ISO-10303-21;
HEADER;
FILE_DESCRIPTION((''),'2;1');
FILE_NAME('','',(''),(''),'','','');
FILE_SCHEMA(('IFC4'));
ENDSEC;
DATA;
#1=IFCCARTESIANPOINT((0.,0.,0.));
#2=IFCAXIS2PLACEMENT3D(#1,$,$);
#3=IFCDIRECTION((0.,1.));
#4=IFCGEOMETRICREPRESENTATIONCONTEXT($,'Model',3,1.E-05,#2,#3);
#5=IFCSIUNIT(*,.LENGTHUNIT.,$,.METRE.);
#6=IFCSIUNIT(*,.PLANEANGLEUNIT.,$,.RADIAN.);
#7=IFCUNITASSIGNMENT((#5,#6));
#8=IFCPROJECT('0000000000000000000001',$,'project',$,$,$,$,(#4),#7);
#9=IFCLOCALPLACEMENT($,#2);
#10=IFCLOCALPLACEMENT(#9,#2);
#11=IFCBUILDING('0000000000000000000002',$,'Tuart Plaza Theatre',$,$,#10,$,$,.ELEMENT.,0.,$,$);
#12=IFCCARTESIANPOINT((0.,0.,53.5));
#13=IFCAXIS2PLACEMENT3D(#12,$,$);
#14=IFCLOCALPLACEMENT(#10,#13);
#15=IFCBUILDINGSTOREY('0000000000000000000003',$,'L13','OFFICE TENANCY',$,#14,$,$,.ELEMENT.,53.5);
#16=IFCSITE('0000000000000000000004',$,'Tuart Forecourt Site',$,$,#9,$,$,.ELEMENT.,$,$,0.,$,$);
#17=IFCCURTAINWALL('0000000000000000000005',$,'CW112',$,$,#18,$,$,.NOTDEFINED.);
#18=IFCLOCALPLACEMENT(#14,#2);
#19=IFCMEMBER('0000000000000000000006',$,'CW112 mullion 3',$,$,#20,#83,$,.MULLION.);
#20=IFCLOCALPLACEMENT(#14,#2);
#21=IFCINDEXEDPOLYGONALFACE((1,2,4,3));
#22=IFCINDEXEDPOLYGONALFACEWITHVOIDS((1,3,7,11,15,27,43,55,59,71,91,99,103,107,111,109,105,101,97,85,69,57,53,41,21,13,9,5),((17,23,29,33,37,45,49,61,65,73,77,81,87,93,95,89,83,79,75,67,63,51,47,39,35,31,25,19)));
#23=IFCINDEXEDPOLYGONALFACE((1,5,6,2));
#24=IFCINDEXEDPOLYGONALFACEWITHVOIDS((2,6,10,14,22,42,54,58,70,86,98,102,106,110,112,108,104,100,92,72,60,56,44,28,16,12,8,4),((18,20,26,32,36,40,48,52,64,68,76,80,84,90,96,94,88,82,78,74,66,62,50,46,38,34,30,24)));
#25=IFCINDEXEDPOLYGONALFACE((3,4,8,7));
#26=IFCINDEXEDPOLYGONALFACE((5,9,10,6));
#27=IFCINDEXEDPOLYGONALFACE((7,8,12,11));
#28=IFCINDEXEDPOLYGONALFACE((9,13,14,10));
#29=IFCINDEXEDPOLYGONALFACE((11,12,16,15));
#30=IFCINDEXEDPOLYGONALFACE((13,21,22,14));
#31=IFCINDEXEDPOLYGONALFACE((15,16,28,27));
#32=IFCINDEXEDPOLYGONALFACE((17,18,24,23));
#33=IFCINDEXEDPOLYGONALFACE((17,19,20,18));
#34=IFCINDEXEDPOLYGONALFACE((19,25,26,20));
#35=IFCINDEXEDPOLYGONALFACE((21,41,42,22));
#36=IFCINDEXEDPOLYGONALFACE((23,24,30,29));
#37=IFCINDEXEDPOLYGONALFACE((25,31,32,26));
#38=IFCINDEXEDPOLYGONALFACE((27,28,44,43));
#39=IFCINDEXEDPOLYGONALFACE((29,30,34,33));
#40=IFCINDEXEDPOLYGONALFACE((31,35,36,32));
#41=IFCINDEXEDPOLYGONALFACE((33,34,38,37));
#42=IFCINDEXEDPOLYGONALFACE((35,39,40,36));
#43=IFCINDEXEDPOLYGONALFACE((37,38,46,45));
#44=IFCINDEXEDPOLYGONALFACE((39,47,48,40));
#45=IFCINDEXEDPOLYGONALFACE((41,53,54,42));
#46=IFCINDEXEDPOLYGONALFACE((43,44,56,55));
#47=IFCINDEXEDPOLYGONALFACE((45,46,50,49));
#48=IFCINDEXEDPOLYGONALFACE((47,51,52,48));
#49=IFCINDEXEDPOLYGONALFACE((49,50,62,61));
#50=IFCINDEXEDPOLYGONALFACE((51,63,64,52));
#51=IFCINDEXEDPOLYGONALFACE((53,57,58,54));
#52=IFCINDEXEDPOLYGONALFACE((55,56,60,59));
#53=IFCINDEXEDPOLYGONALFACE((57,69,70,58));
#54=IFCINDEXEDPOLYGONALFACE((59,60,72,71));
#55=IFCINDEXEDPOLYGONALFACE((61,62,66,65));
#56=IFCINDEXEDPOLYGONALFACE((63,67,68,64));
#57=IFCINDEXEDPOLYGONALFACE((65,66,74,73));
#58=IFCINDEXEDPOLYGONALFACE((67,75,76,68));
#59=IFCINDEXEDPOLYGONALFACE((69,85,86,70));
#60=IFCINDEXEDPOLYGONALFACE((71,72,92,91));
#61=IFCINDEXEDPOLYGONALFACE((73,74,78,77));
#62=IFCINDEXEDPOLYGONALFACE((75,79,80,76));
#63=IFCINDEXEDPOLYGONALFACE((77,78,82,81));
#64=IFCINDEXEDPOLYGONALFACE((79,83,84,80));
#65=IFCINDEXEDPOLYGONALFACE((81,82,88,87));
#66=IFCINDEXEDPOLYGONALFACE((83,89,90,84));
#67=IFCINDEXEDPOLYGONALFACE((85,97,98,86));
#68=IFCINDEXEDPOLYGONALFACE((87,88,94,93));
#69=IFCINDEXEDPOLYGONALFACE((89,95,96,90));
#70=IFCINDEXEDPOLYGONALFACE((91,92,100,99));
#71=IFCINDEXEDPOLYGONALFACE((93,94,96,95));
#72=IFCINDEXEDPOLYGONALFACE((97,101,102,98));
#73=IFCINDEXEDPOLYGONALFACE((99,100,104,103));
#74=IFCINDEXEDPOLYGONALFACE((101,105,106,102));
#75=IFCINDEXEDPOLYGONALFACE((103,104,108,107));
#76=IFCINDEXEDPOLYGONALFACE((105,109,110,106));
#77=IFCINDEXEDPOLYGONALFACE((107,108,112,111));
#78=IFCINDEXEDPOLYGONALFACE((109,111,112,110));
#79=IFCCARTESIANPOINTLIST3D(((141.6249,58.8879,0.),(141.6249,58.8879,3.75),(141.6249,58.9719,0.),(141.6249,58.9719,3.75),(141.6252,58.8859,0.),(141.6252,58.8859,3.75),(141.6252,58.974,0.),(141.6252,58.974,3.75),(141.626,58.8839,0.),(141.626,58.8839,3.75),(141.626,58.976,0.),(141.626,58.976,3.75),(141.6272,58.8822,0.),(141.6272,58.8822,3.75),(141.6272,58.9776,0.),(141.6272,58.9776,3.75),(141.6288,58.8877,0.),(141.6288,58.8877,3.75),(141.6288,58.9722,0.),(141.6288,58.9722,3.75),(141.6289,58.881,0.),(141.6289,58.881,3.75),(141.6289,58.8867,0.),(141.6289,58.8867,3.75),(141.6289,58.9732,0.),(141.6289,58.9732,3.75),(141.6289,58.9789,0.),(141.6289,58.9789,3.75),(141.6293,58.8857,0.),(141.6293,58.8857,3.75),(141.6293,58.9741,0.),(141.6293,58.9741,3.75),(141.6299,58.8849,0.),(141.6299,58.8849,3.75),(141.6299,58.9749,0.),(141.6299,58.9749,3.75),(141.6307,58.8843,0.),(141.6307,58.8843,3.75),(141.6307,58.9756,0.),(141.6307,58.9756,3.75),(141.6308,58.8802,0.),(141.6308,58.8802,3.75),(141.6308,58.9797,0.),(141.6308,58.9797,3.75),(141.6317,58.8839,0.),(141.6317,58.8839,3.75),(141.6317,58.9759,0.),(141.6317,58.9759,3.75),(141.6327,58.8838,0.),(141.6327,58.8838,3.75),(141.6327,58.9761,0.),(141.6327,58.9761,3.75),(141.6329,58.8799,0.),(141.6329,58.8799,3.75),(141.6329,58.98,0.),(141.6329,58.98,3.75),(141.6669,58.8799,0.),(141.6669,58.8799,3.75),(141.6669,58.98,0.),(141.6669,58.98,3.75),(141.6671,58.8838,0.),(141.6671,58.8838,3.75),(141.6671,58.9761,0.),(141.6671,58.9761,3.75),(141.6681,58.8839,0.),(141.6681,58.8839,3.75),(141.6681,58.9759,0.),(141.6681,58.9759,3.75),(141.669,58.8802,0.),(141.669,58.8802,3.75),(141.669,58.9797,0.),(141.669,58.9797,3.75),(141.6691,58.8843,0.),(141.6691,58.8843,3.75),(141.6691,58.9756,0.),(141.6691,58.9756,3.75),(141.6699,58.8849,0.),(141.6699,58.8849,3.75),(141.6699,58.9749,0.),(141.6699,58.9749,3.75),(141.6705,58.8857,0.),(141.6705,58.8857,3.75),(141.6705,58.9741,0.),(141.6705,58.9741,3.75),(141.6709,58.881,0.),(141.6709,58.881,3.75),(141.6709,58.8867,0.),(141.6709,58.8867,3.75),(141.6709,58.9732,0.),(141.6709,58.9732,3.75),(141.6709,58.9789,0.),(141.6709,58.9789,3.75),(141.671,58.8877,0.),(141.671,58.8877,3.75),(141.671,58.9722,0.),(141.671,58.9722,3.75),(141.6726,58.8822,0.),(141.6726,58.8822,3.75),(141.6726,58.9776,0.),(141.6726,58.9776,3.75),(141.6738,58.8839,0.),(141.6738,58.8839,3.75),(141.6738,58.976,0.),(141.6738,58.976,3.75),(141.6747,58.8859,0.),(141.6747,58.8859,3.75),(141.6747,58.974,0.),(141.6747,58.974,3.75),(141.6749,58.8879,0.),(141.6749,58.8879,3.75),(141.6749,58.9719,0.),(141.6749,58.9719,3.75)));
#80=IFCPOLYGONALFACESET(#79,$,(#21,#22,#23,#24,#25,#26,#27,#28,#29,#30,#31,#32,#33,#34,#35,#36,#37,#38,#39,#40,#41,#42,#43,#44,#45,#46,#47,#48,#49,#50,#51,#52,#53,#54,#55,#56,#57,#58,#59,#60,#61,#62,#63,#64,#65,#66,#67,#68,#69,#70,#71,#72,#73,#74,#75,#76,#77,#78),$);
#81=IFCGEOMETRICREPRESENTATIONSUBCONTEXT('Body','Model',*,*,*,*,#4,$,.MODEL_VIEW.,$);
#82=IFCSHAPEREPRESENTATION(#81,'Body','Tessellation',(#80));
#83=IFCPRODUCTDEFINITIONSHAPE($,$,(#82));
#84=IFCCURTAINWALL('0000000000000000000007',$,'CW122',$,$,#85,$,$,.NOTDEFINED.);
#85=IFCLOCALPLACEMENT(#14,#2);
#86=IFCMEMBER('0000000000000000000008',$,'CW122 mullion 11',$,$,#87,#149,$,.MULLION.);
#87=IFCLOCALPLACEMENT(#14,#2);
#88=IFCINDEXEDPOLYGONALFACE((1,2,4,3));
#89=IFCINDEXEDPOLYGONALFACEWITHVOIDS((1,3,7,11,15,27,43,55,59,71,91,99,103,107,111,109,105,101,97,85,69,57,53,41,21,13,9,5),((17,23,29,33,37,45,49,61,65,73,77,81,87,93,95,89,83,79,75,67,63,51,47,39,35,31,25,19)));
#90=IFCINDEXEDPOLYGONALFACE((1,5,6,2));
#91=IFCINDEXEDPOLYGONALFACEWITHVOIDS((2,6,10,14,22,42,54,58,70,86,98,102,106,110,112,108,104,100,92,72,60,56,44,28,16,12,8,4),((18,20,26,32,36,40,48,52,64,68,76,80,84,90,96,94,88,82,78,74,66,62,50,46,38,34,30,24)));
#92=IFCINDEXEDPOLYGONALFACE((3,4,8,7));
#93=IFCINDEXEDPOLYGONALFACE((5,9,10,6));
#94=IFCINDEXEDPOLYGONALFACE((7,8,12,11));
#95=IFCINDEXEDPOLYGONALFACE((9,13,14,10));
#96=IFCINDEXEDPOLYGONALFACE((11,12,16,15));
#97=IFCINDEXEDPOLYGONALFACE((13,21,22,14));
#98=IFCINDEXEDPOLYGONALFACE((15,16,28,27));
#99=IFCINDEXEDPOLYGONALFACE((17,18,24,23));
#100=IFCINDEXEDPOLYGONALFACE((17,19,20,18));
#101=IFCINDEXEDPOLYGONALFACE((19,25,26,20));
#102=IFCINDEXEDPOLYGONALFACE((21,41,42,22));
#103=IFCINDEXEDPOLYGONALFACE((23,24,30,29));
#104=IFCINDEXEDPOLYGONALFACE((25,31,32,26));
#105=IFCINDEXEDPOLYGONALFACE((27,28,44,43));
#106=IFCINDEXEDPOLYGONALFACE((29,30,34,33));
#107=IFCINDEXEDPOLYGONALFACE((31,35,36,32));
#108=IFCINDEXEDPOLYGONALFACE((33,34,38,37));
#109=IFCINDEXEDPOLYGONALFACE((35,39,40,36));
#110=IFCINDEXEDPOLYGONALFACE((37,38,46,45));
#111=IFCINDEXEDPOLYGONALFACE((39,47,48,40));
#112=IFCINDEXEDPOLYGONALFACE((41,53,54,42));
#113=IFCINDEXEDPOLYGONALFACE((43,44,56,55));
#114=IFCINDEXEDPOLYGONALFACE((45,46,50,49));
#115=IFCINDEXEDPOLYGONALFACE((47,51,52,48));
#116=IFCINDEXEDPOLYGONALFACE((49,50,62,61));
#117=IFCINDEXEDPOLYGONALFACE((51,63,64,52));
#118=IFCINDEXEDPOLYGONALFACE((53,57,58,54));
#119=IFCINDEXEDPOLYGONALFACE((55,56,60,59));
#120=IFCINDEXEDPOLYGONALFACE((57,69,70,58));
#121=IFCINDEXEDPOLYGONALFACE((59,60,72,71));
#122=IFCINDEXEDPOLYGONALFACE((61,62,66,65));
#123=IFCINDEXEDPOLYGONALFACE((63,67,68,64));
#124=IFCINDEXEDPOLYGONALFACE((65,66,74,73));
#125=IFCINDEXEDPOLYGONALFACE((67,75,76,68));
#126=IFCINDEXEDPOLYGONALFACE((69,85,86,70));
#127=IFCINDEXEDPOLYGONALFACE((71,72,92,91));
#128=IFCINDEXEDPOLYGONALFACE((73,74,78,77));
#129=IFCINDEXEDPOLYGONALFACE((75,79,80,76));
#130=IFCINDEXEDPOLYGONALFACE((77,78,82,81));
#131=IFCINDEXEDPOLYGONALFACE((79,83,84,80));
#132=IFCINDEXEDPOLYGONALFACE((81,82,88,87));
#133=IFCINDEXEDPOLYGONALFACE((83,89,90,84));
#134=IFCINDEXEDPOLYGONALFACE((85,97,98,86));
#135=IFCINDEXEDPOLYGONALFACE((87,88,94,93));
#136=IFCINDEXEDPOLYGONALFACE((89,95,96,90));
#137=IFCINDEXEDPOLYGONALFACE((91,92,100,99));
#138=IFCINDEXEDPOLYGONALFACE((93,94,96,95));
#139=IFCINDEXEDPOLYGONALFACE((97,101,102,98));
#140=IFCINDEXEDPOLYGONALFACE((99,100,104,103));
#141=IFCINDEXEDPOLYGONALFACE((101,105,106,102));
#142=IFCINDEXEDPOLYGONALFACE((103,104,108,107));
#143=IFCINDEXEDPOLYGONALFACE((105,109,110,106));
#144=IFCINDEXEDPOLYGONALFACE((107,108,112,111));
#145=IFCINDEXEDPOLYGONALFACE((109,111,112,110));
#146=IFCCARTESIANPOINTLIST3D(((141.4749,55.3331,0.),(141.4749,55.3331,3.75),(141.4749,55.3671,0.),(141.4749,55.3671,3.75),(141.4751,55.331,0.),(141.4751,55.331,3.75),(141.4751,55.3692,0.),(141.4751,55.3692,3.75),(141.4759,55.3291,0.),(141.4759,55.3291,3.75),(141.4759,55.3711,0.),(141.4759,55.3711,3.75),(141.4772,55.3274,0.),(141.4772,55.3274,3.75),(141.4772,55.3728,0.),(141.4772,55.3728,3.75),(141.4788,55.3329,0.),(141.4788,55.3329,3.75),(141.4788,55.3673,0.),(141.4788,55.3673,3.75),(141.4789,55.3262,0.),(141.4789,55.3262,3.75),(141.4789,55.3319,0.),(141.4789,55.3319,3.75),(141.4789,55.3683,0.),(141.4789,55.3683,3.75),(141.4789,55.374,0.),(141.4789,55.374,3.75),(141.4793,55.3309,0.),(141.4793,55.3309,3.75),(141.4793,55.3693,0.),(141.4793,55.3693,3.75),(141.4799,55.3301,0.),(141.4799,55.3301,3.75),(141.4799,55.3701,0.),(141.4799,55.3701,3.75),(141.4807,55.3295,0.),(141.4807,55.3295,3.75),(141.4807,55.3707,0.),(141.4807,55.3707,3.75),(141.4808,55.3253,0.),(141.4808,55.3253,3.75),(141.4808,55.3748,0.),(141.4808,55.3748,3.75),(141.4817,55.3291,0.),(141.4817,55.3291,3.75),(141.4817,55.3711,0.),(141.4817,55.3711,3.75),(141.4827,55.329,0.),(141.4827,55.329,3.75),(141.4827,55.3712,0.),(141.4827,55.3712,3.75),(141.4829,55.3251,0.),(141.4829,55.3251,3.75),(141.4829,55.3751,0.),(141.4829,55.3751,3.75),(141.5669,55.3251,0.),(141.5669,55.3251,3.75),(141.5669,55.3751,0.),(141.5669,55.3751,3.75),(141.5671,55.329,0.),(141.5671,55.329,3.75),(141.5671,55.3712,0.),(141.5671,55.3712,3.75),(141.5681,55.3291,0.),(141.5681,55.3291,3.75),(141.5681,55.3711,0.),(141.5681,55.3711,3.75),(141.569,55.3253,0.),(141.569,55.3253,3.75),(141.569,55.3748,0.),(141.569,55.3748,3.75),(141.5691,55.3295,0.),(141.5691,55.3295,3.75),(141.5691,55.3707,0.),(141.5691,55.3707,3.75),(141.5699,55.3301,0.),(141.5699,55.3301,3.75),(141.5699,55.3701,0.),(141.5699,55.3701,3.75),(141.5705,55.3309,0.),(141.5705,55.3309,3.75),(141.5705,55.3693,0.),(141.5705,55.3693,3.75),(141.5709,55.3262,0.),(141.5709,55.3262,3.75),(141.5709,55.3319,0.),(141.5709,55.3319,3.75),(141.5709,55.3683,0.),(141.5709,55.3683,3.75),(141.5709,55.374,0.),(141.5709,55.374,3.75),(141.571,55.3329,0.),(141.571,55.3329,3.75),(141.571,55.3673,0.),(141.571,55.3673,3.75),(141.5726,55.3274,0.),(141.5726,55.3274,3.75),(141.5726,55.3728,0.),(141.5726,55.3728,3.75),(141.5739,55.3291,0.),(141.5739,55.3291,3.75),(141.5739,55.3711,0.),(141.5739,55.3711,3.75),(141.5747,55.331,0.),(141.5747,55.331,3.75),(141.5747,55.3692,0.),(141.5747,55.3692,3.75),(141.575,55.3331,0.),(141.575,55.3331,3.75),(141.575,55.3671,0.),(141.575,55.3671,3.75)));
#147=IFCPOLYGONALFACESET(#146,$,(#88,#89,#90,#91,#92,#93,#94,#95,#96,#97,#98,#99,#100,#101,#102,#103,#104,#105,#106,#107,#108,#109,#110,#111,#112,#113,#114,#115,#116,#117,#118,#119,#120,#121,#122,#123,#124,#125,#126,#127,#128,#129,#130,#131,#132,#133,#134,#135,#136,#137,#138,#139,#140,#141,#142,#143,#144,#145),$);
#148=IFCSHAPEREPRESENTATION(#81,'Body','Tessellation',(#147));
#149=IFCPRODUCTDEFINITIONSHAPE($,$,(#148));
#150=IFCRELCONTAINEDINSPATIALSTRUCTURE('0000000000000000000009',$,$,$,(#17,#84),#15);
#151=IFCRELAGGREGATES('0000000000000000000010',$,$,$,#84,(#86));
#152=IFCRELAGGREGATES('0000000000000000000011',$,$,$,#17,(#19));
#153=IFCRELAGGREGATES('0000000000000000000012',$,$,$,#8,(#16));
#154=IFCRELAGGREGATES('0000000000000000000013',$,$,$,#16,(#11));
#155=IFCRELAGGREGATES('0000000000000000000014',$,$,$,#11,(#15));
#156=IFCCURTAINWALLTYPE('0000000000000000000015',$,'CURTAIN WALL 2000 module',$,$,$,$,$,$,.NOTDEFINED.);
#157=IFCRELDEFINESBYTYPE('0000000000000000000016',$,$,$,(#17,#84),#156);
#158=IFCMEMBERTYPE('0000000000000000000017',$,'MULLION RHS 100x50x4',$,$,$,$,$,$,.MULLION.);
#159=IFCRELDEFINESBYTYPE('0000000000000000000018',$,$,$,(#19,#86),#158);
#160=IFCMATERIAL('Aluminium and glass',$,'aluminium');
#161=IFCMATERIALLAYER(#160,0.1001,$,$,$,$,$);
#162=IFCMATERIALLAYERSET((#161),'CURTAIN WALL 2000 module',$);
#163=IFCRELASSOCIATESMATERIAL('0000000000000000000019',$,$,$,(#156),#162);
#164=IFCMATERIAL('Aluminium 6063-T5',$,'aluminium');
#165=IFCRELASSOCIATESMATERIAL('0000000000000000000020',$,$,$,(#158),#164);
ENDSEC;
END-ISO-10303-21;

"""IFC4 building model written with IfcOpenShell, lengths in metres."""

from ifc_helpers import new_model, si_unit, direction, frame, origin, origin_2d, place, context, subcontext, project, spatial, hollow_rectangle, extrude, material, layer, layer_set, material_profile, profile_set, type_object, element, aggregate, save


model = new_model("IFC4")

# Units and contexts
model_context = context("Model", 3, precision=1e-05, world=origin(), true_north=direction((0.0, 1.0)))
body_context = subcontext(model_context, "Body", "Model", "MODEL_VIEW")
ifc_project = project(units=[si_unit("LENGTHUNIT", "METRE"), si_unit("PLANEANGLEUNIT", "RADIAN")], contexts=[model_context])

# Site, building, storey
site_placement = place(None, origin())
site = spatial("IfcSite", under=ifc_project, at=site_placement, Name="Tuart Forecourt Site", CompositionType="ELEMENT", RefElevation=0.0)
building_placement = place(site_placement, origin())
building = spatial("IfcBuilding", under=site, at=building_placement, Name="Tuart Plaza Theatre", CompositionType="ELEMENT", ElevationOfRefHeight=0.0)
storey_placement = place(building_placement, frame((0.0, 0.0, 53.5)))
storey = spatial("IfcBuildingStorey", under=building, at=storey_placement, Name="L13", Description="OFFICE TENANCY", CompositionType="ELEMENT", Elevation=53.5)

# Curtain wall, member
ifc_material_1 = material(Name="Aluminium and glass", Category="aluminium")
ifc_layer_1 = layer(ifc_material_1, 0.1001)
ifc_layer_set_1 = layer_set([ifc_layer_1], Name="CURTAIN WALL 2000 module")
curtain_wall_type = type_object("IfcCurtainWallType", Name="CURTAIN WALL 2000 module", PredefinedType="NOTDEFINED", material=ifc_layer_set_1)
curtain_wall_1_placement = place(storey_placement, origin())
curtain_wall_1 = element("IfcCurtainWall", 1, at=curtain_wall_1_placement, inside=storey, type_object=curtain_wall_type, Name="CW112", PredefinedType="NOTDEFINED")
ifc_material_2 = material(Name="Aluminium 6063-T5", Category="aluminium")
ifc_material_profile_1 = material_profile(ifc_material_2, hollow_rectangle(XDim=0.05, YDim=0.1001, WallThickness=0.0039, InnerFilletRadius=0.0039, OuterFilletRadius=0.0081, at=origin_2d()), Name="RHS 100x50x4")
ifc_profile_set_1 = profile_set([ifc_material_profile_1], Name="Aluminium 6063-T5")
member_type_1 = type_object("IfcMemberType", Name="MULLION RHS 100x50x4", PredefinedType="MULLION", material=ifc_profile_set_1)
member_1_placement = place(storey_placement, frame((141.6499, 58.9299, 0.0), z_axis=(0.0, 0.0, 1.0), x_axis=(-1.0, 0.0, 0.0)))
member_1 = element("IfcMember", 2, at=member_1_placement, type_object=member_type_1, Name="CW112 mullion 3", PredefinedType="MULLION", context=body_context, shape_type="SweptSolid", body=[
    extrude(hollow_rectangle(XDim=0.05, YDim=0.1001, WallThickness=0.0039, InnerFilletRadius=0.0039, OuterFilletRadius=0.0081, at=origin_2d()), origin(), (0.0, 0.0, 1.0), 3.75),
])

# Curtain wall, member
curtain_wall_2_placement = place(storey_placement, origin())
curtain_wall_2 = element("IfcCurtainWall", 3, at=curtain_wall_2_placement, inside=storey, type_object=curtain_wall_type, Name="CW122", PredefinedType="NOTDEFINED")
member_2_placement = place(storey_placement, frame((141.5249, 55.3501, 0.0), z_axis=(0.0, 0.0, 1.0), x_axis=(0.0, 1.0, 0.0)))
member_2 = element("IfcMember", 4, at=member_2_placement, type_object=member_type_1, Name="CW122 mullion 11", PredefinedType="MULLION", context=body_context, shape_type="SweptSolid", body=[
    extrude(hollow_rectangle(XDim=0.05, YDim=0.1001, WallThickness=0.0039, InnerFilletRadius=0.0039, OuterFilletRadius=0.0081, at=origin_2d()), origin(), (0.0, 0.0, 1.0), 3.75),
])

aggregate(curtain_wall_2, [member_2])
aggregate(curtain_wall_1, [member_1])

save(model, "model.ifc")
